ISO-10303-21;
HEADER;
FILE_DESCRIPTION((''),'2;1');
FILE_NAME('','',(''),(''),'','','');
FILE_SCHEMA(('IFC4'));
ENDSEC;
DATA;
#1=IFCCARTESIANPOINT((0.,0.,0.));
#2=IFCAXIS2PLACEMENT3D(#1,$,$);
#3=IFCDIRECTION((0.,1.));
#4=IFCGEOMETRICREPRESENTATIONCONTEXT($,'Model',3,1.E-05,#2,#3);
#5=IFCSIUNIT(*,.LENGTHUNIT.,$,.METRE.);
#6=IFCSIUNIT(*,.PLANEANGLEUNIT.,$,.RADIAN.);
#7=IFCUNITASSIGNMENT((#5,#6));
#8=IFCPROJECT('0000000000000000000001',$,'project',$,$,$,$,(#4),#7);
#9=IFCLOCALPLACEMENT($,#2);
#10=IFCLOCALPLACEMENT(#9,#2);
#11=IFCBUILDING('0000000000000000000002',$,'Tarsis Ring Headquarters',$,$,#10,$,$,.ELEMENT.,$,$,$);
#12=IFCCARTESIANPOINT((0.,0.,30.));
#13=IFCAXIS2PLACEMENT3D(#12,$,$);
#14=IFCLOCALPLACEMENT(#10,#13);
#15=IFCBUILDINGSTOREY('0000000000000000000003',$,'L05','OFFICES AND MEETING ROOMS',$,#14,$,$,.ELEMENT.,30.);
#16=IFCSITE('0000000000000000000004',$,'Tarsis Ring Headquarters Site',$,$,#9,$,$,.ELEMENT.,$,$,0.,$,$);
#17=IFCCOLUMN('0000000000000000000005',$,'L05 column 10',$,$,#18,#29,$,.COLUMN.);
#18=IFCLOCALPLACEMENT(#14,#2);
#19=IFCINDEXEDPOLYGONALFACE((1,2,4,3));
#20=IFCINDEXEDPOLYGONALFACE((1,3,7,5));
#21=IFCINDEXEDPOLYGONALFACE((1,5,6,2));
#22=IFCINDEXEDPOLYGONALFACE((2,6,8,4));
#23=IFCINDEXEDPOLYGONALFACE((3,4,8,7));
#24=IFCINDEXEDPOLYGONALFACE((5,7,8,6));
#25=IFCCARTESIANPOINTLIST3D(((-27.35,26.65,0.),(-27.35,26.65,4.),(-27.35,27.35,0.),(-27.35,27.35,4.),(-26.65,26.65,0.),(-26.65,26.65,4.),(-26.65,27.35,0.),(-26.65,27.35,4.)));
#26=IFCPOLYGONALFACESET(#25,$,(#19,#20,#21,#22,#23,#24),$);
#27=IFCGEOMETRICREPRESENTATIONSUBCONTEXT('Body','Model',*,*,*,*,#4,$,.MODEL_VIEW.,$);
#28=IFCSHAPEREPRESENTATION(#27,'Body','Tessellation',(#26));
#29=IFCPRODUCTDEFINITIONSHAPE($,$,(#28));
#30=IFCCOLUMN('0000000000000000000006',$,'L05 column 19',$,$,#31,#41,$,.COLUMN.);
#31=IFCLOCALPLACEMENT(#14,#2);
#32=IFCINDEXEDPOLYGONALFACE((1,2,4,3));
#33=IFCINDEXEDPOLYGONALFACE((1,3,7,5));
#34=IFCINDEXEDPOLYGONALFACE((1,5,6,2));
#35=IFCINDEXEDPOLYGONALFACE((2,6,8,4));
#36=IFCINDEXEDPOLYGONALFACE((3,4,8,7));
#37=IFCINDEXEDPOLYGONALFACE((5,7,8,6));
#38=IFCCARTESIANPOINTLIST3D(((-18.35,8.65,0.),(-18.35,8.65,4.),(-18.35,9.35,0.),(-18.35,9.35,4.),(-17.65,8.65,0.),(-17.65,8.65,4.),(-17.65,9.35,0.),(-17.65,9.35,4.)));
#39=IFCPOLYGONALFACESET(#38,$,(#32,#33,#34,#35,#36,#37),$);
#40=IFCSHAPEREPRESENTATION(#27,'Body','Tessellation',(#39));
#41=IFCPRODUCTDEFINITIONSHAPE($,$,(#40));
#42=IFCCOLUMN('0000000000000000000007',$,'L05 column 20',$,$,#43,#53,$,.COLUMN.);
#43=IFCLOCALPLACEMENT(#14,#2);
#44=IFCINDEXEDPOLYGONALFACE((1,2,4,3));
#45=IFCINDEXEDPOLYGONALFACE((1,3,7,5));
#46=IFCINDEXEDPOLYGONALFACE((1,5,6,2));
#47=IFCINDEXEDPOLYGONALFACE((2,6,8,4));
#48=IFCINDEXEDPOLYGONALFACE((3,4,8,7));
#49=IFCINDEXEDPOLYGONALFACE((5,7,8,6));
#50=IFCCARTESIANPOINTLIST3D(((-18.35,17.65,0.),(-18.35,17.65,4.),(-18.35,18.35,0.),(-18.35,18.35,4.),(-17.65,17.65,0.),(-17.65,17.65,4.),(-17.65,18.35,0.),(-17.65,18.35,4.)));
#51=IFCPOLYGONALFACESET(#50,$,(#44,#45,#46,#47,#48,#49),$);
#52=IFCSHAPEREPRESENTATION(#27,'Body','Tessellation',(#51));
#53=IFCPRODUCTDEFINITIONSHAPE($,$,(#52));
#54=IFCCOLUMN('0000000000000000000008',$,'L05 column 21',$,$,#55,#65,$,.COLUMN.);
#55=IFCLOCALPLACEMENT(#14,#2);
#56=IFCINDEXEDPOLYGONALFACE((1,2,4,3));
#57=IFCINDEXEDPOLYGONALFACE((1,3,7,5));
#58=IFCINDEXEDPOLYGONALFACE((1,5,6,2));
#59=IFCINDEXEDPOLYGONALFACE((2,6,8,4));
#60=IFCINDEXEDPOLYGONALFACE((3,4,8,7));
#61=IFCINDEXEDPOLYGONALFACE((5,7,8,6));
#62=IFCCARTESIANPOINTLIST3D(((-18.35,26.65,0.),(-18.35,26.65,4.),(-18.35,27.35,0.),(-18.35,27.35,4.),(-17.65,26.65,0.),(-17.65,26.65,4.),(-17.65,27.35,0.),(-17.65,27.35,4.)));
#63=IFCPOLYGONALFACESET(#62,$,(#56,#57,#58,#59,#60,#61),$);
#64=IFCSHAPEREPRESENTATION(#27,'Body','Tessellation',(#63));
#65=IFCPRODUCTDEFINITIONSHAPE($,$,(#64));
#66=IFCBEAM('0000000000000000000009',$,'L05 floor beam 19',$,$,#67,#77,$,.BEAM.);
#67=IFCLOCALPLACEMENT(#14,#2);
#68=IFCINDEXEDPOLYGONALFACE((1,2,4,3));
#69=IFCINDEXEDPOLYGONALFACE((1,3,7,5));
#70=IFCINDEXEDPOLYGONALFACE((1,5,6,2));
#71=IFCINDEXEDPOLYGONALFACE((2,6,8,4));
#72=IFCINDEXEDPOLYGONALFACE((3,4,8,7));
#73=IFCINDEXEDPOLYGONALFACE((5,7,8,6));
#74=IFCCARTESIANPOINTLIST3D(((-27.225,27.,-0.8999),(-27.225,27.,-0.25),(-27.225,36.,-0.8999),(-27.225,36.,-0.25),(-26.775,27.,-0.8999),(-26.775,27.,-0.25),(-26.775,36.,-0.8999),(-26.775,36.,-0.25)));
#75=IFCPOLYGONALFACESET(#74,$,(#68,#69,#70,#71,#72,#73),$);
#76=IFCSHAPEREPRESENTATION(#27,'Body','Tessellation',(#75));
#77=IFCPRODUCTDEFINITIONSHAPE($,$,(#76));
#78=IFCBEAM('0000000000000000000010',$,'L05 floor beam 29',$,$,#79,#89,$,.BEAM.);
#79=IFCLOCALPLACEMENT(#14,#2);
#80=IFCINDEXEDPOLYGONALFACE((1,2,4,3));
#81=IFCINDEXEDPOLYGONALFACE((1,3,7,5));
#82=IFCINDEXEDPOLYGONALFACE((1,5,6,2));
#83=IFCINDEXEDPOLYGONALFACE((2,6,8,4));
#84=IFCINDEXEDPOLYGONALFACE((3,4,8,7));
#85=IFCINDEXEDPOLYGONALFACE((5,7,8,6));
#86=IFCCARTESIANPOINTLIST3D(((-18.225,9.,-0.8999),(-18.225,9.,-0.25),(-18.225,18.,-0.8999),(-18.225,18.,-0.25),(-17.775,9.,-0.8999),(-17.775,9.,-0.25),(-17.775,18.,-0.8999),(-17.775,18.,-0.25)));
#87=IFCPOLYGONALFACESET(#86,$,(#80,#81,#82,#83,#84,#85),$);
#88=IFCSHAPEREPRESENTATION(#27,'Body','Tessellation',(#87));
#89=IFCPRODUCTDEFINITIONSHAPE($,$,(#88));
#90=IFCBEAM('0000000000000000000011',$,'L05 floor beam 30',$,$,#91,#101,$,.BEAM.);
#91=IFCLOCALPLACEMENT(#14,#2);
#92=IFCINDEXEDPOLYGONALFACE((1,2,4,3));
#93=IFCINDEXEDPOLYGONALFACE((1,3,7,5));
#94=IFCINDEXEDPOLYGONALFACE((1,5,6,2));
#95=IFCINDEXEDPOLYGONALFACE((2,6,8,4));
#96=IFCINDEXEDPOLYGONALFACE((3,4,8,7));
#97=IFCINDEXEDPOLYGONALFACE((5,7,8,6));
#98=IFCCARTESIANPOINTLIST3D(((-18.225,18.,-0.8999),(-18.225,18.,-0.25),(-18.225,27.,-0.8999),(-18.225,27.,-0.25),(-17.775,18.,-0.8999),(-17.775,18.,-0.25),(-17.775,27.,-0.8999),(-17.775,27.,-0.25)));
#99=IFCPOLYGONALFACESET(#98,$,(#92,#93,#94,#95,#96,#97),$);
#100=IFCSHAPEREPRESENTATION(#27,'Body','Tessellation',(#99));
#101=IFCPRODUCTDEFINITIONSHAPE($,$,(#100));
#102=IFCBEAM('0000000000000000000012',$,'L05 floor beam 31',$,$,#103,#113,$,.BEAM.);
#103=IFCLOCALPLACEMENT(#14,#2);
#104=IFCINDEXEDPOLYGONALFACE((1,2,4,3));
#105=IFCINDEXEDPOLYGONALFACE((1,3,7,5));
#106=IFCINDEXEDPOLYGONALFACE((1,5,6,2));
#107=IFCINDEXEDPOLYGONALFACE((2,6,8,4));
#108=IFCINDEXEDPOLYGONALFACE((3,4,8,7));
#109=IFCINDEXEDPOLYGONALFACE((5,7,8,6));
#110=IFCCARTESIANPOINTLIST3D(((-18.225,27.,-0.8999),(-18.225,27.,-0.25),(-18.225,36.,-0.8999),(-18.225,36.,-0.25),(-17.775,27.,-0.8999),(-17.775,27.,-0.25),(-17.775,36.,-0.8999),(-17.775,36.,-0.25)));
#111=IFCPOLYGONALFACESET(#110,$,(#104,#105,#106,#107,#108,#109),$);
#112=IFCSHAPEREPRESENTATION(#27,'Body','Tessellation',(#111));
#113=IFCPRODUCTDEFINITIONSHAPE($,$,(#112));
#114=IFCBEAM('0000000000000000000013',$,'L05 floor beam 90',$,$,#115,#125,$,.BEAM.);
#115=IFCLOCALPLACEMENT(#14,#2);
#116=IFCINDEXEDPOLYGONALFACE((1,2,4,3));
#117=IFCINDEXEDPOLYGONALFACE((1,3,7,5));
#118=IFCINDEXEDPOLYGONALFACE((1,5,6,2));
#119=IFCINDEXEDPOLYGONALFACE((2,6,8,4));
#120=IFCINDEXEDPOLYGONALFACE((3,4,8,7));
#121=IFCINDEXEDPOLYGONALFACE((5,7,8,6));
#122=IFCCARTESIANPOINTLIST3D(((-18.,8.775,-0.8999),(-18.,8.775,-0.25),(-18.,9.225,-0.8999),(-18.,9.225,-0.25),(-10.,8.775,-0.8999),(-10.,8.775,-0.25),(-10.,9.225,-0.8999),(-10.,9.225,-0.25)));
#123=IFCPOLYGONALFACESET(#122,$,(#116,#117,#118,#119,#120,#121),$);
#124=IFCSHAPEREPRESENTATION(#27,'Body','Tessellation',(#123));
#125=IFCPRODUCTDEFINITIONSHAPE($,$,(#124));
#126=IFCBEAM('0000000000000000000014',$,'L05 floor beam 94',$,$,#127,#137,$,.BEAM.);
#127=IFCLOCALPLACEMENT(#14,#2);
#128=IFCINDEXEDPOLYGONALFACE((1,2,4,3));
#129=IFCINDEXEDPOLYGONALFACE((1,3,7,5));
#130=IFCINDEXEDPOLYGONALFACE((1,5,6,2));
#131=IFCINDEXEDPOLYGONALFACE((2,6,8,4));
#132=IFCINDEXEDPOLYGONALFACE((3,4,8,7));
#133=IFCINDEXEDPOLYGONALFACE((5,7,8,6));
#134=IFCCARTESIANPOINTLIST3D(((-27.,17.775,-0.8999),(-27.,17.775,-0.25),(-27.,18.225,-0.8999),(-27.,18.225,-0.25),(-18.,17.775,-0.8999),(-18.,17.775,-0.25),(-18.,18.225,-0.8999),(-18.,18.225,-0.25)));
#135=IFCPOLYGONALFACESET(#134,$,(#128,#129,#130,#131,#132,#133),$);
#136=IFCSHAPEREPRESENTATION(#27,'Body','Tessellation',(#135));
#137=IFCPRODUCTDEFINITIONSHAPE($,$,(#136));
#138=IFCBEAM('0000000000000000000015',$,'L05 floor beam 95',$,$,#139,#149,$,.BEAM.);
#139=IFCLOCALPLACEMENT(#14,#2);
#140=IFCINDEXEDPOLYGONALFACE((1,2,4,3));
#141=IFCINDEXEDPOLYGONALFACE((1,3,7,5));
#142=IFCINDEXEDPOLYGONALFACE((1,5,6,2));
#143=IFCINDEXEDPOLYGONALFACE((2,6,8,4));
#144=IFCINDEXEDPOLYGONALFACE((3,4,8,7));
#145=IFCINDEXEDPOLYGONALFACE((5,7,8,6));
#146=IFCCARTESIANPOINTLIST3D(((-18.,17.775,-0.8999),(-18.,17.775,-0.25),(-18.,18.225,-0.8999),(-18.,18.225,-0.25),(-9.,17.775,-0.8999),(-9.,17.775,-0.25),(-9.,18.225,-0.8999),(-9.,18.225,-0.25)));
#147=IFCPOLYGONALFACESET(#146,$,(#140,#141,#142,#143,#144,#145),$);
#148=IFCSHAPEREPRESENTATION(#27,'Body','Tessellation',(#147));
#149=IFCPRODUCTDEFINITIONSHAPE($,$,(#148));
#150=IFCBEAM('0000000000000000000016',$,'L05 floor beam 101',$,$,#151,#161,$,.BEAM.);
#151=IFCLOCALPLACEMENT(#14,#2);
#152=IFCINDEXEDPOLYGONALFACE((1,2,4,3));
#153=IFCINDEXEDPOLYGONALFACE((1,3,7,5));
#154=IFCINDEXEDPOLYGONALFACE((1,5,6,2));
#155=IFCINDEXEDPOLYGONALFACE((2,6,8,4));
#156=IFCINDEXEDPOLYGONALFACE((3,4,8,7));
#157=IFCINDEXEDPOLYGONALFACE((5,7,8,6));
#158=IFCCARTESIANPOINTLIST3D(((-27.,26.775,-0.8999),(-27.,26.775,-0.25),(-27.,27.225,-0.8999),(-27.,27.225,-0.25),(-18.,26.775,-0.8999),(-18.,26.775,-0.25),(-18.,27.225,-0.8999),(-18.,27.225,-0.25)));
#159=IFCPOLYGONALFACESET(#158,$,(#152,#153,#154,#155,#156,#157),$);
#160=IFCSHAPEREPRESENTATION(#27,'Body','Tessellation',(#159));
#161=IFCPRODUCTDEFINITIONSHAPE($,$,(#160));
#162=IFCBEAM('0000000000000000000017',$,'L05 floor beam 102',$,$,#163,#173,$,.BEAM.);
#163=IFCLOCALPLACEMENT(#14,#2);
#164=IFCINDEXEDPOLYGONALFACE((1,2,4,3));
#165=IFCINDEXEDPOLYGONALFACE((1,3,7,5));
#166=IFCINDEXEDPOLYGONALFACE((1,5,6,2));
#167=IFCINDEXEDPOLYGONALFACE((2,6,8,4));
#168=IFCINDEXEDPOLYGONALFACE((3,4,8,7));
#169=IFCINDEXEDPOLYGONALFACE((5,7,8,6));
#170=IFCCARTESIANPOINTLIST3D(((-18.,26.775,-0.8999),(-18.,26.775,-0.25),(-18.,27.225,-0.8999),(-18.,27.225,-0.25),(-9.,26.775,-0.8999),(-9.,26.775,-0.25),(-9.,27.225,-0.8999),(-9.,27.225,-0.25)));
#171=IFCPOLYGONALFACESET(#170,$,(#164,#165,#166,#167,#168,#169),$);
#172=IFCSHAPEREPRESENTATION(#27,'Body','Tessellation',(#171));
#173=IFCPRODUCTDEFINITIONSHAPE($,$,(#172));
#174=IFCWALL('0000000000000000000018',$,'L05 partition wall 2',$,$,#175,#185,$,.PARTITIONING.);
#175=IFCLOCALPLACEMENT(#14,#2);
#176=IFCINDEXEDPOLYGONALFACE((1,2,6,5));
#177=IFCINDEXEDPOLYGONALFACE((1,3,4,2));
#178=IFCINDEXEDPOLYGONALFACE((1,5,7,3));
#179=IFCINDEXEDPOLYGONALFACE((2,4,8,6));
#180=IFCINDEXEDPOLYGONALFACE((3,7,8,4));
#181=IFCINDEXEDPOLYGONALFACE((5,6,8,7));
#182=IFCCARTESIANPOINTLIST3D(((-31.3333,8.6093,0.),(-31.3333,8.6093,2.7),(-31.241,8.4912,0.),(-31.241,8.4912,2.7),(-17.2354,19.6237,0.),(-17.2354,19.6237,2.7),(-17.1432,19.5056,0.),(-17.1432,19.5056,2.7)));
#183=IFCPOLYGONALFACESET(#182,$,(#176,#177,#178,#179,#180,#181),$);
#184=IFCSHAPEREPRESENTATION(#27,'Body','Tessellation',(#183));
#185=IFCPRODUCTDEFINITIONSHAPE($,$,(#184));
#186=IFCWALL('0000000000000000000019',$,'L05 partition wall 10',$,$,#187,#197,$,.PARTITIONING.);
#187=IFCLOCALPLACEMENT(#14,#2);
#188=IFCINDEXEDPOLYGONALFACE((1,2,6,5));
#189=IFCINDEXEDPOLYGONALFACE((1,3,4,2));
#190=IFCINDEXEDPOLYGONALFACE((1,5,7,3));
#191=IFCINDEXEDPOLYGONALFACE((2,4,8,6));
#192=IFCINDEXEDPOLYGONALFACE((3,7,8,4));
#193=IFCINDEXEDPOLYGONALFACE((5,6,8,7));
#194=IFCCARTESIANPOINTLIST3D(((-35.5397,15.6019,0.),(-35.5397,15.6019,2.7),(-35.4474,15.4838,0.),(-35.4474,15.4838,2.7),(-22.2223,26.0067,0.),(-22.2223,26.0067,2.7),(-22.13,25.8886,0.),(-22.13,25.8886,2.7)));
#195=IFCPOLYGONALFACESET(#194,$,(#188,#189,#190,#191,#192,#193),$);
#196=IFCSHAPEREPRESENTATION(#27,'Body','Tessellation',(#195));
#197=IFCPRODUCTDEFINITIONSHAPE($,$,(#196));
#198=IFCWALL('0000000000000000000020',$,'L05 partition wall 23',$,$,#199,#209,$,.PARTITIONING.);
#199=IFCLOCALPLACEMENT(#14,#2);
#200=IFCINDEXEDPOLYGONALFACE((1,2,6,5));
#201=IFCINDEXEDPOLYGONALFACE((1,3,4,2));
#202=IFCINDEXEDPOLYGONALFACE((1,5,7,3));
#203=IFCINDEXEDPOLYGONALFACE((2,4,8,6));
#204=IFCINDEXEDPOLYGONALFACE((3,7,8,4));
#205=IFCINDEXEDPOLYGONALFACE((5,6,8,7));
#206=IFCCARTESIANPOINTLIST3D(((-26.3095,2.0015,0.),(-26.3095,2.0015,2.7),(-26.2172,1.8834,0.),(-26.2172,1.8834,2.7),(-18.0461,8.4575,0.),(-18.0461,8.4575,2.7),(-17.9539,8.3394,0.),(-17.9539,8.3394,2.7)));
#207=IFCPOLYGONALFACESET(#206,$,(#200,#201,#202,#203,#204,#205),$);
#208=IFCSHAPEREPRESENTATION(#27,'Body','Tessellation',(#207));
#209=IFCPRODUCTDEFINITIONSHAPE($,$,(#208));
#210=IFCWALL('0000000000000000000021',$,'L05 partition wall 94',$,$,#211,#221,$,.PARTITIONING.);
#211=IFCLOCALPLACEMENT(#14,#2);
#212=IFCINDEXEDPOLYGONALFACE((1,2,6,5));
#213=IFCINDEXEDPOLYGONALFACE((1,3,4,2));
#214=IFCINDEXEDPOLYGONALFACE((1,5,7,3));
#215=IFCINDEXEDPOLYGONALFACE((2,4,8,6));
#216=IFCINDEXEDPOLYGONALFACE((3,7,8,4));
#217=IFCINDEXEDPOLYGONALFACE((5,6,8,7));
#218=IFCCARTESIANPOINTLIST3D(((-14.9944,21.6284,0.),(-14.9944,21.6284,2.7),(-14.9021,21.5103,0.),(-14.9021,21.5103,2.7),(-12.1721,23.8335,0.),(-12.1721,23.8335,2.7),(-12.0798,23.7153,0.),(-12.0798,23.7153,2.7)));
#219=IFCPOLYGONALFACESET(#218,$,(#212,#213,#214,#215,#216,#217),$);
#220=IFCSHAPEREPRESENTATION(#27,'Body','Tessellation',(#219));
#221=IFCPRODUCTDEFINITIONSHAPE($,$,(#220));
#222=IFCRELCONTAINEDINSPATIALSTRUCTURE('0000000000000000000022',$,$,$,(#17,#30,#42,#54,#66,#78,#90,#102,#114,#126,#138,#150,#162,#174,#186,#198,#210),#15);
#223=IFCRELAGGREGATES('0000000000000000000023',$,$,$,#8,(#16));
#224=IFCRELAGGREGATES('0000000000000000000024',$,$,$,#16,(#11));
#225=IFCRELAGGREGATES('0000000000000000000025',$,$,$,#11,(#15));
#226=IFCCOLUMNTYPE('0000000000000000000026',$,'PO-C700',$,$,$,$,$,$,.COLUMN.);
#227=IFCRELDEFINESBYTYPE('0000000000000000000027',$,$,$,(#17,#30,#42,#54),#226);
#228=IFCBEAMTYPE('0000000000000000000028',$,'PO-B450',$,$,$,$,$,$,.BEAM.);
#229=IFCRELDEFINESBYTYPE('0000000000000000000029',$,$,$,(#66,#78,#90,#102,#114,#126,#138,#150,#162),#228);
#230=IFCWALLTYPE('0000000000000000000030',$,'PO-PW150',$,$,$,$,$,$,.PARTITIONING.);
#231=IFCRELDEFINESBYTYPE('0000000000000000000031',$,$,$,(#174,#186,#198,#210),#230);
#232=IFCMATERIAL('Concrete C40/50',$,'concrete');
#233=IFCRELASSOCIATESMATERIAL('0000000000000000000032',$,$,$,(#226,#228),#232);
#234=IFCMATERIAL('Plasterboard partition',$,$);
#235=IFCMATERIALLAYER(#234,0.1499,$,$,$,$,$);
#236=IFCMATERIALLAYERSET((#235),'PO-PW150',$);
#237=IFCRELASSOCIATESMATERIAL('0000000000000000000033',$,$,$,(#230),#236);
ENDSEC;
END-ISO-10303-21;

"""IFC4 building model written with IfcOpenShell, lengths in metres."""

from ifc_helpers import new_model, si_unit, direction, frame, frame_2d, origin, origin_2d, place, context, subcontext, project, spatial, rectangle, extrude, material, layer, layer_set, material_profile, profile_set, type_object, element, save


model = new_model("IFC4")

# Units and contexts
model_context = context("Model", 3, precision=1e-05, world=origin(), true_north=direction((0.0, 1.0)))
body_context = subcontext(model_context, "Body", "Model", "MODEL_VIEW")
ifc_project = project(units=[si_unit("LENGTHUNIT", "METRE"), si_unit("PLANEANGLEUNIT", "RADIAN")], contexts=[model_context])

# Site, building, storey
site_placement = place(None, origin())
site = spatial("IfcSite", under=ifc_project, at=site_placement, Name="Tarsis Ring Headquarters Site", CompositionType="ELEMENT", RefElevation=0.0)
building_placement = place(site_placement, origin())
building = spatial("IfcBuilding", under=site, at=building_placement, Name="Tarsis Ring Headquarters", CompositionType="ELEMENT")
storey_placement = place(building_placement, frame((0.0, 0.0, 30.0)))
storey = spatial("IfcBuildingStorey", under=building, at=storey_placement, Name="L05", Description="OFFICES AND MEETING ROOMS", CompositionType="ELEMENT", Elevation=30.0)

# Columns
ifc_material_1 = material(Name="Concrete C40/50", Category="concrete")
ifc_material_profile_1 = material_profile(ifc_material_1, rectangle(XDim=0.7, YDim=0.7, at=origin_2d()), Name="PO-C700")
ifc_profile_set_1 = profile_set([ifc_material_profile_1], Name="Concrete C40/50")
column_type = type_object("IfcColumnType", Name="PO-C700", PredefinedType="COLUMN", material=ifc_profile_set_1)
for number, where, z_axis, x_axis, name in (
    (1, (-27.0, 27.0, 0.0), (0.0, 0.0, 1.0), (1.0, 0.0, 0.0), "L05 column 10"),
    (2, (-18.0, 9.0, 0.0), (0.0, 0.0, 1.0), (1.0, 0.0, 0.0), "L05 column 19"),
    (3, (-18.0, 18.0, 0.0), (0.0, 0.0, 1.0), (1.0, 0.0, 0.0), "L05 column 20"),
    (4, (-18.0, 27.0, 0.0), (0.0, 0.0, 1.0), (1.0, 0.0, 0.0), "L05 column 21"),
):
    element("IfcColumn", number, at=place(storey_placement, frame(where, z_axis=z_axis, x_axis=x_axis)), inside=storey, type_object=column_type, Name=name, PredefinedType="COLUMN", context=body_context, shape_type="SweptSolid", body=[
        extrude(rectangle(XDim=0.7, YDim=0.7, at=origin_2d()), origin(), (0.0, 0.0, 1.0), 4.0),
    ])

# Beams
ifc_material_profile_2 = material_profile(ifc_material_1, rectangle(XDim=0.45, YDim=0.6499, at=origin_2d()), Name="PO-B450")
ifc_profile_set_2 = profile_set([ifc_material_profile_2], Name="Concrete C40/50")
beam_type = type_object("IfcBeamType", Name="PO-B450", PredefinedType="BEAM", material=ifc_profile_set_2)
for number, where, z_axis, x_axis, name in (
    (5, (-27.0, 27.0, -0.575), (0.0, 1.0, 0.0), (-1.0, 0.0, 0.0), "L05 floor beam 19"),
    (6, (-18.0, 9.0, -0.575), (0.0, 1.0, 0.0), (-1.0, 0.0, 0.0), "L05 floor beam 29"),
    (7, (-18.0, 18.0, -0.575), (0.0, 1.0, 0.0), (-1.0, 0.0, 0.0), "L05 floor beam 30"),
    (8, (-18.0, 27.0, -0.575), (0.0, 1.0, 0.0), (-1.0, 0.0, 0.0), "L05 floor beam 31"),
):
    element("IfcBeam", number, at=place(storey_placement, frame(where, z_axis=z_axis, x_axis=x_axis)), inside=storey, type_object=beam_type, Name=name, PredefinedType="BEAM", context=body_context, shape_type="SweptSolid", body=[
        extrude(rectangle(XDim=0.45, YDim=0.6499, at=origin_2d()), origin(), (0.0, 0.0, 1.0), 9.0),
    ])
beam_placement = place(storey_placement, frame((-18.0, 9.0, -0.575), z_axis=(1.0, 0.0, 0.0), x_axis=(0.0, 1.0, 0.0)))
element("IfcBeam", 9, at=beam_placement, inside=storey, type_object=beam_type, Name="L05 floor beam 90", PredefinedType="BEAM", context=body_context, shape_type="SweptSolid", body=[
    extrude(rectangle(XDim=0.45, YDim=0.6499, at=origin_2d()), origin(), (0.0, 0.0, 1.0), 8.0),
])
for number, where, z_axis, x_axis, name in (
    (10, (-27.0, 18.0, -0.575), (1.0, 0.0, 0.0), (0.0, 1.0, 0.0), "L05 floor beam 94"),
    (11, (-18.0, 18.0, -0.575), (1.0, 0.0, 0.0), (0.0, 1.0, 0.0), "L05 floor beam 95"),
    (12, (-27.0, 27.0, -0.575), (1.0, 0.0, 0.0), (0.0, 1.0, 0.0), "L05 floor beam 101"),
    (13, (-18.0, 27.0, -0.575), (1.0, 0.0, 0.0), (0.0, 1.0, 0.0), "L05 floor beam 102"),
):
    element("IfcBeam", number, at=place(storey_placement, frame(where, z_axis=z_axis, x_axis=x_axis)), inside=storey, type_object=beam_type, Name=name, PredefinedType="BEAM", context=body_context, shape_type="SweptSolid", body=[
        extrude(rectangle(XDim=0.45, YDim=0.6499, at=origin_2d()), origin(), (0.0, 0.0, 1.0), 9.0),
    ])

# Walls
ifc_material_2 = material(Name="Plasterboard partition")
ifc_layer_1 = layer(ifc_material_2, 0.1499)
ifc_layer_set_1 = layer_set([ifc_layer_1], Name="PO-PW150")
wall_type_1 = type_object("IfcWallType", Name="PO-PW150", PredefinedType="PARTITIONING", material=ifc_layer_set_1)
wall_1_placement = place(storey_placement, frame((-17.1892, 19.5647, 0.0), z_axis=(0.0, 0.0, 1.0), x_axis=(-0.788013, -0.615659, 0.0)))
element("IfcWall", 14, at=wall_1_placement, inside=storey, type_object=wall_type_1, Name="L05 partition wall 2", PredefinedType="PARTITIONING", context=body_context, shape_type="SweptSolid", body=[
    extrude(rectangle(XDim=17.8904, YDim=0.1499, at=frame_2d((8.9453, 0.0))), origin(), (0.0, 0.0, 1.0), 2.7),
])
wall_2_placement = place(storey_placement, frame((-22.176, 25.9478, 0.0), z_axis=(0.0, 0.0, 1.0), x_axis=(-0.788008, -0.615665, 0.0)))
element("IfcWall", 15, at=wall_2_placement, inside=storey, type_object=wall_type_1, Name="L05 partition wall 10", PredefinedType="PARTITIONING", context=body_context, shape_type="SweptSolid", body=[
    extrude(rectangle(XDim=16.9001, YDim=0.1499, at=frame_2d((8.4502, 0.0))), origin(), (0.0, 0.0, 1.0), 2.7),
])
wall_3_placement = place(storey_placement, frame((-18.0, 8.3984, 0.0), z_axis=(0.0, 0.0, 1.0), x_axis=(-0.788013, -0.615659, 0.0)))
element("IfcWall", 16, at=wall_3_placement, inside=storey, type_object=wall_type_1, Name="L05 partition wall 23", PredefinedType="PARTITIONING", context=body_context, shape_type="SweptSolid", body=[
    extrude(rectangle(XDim=10.4863, YDim=0.1499, at=frame_2d((5.2432, 0.0))), origin(), (0.0, 0.0, 1.0), 2.7),
])
wall_4_placement = place(storey_placement, frame((-14.9482, 21.5693, 0.0), z_axis=(0.0, 0.0, 1.0), x_axis=(0.788, 0.615676, 0.0)))
element("IfcWall", 17, at=wall_4_placement, inside=storey, type_object=wall_type_1, Name="L05 partition wall 94", PredefinedType="PARTITIONING", context=body_context, shape_type="SweptSolid", body=[
    extrude(rectangle(XDim=3.5815, YDim=0.1499, at=frame_2d((1.7908, 0.0))), origin(), (0.0, 0.0, 1.0), 2.7),
])

save(model, "model.ifc")
